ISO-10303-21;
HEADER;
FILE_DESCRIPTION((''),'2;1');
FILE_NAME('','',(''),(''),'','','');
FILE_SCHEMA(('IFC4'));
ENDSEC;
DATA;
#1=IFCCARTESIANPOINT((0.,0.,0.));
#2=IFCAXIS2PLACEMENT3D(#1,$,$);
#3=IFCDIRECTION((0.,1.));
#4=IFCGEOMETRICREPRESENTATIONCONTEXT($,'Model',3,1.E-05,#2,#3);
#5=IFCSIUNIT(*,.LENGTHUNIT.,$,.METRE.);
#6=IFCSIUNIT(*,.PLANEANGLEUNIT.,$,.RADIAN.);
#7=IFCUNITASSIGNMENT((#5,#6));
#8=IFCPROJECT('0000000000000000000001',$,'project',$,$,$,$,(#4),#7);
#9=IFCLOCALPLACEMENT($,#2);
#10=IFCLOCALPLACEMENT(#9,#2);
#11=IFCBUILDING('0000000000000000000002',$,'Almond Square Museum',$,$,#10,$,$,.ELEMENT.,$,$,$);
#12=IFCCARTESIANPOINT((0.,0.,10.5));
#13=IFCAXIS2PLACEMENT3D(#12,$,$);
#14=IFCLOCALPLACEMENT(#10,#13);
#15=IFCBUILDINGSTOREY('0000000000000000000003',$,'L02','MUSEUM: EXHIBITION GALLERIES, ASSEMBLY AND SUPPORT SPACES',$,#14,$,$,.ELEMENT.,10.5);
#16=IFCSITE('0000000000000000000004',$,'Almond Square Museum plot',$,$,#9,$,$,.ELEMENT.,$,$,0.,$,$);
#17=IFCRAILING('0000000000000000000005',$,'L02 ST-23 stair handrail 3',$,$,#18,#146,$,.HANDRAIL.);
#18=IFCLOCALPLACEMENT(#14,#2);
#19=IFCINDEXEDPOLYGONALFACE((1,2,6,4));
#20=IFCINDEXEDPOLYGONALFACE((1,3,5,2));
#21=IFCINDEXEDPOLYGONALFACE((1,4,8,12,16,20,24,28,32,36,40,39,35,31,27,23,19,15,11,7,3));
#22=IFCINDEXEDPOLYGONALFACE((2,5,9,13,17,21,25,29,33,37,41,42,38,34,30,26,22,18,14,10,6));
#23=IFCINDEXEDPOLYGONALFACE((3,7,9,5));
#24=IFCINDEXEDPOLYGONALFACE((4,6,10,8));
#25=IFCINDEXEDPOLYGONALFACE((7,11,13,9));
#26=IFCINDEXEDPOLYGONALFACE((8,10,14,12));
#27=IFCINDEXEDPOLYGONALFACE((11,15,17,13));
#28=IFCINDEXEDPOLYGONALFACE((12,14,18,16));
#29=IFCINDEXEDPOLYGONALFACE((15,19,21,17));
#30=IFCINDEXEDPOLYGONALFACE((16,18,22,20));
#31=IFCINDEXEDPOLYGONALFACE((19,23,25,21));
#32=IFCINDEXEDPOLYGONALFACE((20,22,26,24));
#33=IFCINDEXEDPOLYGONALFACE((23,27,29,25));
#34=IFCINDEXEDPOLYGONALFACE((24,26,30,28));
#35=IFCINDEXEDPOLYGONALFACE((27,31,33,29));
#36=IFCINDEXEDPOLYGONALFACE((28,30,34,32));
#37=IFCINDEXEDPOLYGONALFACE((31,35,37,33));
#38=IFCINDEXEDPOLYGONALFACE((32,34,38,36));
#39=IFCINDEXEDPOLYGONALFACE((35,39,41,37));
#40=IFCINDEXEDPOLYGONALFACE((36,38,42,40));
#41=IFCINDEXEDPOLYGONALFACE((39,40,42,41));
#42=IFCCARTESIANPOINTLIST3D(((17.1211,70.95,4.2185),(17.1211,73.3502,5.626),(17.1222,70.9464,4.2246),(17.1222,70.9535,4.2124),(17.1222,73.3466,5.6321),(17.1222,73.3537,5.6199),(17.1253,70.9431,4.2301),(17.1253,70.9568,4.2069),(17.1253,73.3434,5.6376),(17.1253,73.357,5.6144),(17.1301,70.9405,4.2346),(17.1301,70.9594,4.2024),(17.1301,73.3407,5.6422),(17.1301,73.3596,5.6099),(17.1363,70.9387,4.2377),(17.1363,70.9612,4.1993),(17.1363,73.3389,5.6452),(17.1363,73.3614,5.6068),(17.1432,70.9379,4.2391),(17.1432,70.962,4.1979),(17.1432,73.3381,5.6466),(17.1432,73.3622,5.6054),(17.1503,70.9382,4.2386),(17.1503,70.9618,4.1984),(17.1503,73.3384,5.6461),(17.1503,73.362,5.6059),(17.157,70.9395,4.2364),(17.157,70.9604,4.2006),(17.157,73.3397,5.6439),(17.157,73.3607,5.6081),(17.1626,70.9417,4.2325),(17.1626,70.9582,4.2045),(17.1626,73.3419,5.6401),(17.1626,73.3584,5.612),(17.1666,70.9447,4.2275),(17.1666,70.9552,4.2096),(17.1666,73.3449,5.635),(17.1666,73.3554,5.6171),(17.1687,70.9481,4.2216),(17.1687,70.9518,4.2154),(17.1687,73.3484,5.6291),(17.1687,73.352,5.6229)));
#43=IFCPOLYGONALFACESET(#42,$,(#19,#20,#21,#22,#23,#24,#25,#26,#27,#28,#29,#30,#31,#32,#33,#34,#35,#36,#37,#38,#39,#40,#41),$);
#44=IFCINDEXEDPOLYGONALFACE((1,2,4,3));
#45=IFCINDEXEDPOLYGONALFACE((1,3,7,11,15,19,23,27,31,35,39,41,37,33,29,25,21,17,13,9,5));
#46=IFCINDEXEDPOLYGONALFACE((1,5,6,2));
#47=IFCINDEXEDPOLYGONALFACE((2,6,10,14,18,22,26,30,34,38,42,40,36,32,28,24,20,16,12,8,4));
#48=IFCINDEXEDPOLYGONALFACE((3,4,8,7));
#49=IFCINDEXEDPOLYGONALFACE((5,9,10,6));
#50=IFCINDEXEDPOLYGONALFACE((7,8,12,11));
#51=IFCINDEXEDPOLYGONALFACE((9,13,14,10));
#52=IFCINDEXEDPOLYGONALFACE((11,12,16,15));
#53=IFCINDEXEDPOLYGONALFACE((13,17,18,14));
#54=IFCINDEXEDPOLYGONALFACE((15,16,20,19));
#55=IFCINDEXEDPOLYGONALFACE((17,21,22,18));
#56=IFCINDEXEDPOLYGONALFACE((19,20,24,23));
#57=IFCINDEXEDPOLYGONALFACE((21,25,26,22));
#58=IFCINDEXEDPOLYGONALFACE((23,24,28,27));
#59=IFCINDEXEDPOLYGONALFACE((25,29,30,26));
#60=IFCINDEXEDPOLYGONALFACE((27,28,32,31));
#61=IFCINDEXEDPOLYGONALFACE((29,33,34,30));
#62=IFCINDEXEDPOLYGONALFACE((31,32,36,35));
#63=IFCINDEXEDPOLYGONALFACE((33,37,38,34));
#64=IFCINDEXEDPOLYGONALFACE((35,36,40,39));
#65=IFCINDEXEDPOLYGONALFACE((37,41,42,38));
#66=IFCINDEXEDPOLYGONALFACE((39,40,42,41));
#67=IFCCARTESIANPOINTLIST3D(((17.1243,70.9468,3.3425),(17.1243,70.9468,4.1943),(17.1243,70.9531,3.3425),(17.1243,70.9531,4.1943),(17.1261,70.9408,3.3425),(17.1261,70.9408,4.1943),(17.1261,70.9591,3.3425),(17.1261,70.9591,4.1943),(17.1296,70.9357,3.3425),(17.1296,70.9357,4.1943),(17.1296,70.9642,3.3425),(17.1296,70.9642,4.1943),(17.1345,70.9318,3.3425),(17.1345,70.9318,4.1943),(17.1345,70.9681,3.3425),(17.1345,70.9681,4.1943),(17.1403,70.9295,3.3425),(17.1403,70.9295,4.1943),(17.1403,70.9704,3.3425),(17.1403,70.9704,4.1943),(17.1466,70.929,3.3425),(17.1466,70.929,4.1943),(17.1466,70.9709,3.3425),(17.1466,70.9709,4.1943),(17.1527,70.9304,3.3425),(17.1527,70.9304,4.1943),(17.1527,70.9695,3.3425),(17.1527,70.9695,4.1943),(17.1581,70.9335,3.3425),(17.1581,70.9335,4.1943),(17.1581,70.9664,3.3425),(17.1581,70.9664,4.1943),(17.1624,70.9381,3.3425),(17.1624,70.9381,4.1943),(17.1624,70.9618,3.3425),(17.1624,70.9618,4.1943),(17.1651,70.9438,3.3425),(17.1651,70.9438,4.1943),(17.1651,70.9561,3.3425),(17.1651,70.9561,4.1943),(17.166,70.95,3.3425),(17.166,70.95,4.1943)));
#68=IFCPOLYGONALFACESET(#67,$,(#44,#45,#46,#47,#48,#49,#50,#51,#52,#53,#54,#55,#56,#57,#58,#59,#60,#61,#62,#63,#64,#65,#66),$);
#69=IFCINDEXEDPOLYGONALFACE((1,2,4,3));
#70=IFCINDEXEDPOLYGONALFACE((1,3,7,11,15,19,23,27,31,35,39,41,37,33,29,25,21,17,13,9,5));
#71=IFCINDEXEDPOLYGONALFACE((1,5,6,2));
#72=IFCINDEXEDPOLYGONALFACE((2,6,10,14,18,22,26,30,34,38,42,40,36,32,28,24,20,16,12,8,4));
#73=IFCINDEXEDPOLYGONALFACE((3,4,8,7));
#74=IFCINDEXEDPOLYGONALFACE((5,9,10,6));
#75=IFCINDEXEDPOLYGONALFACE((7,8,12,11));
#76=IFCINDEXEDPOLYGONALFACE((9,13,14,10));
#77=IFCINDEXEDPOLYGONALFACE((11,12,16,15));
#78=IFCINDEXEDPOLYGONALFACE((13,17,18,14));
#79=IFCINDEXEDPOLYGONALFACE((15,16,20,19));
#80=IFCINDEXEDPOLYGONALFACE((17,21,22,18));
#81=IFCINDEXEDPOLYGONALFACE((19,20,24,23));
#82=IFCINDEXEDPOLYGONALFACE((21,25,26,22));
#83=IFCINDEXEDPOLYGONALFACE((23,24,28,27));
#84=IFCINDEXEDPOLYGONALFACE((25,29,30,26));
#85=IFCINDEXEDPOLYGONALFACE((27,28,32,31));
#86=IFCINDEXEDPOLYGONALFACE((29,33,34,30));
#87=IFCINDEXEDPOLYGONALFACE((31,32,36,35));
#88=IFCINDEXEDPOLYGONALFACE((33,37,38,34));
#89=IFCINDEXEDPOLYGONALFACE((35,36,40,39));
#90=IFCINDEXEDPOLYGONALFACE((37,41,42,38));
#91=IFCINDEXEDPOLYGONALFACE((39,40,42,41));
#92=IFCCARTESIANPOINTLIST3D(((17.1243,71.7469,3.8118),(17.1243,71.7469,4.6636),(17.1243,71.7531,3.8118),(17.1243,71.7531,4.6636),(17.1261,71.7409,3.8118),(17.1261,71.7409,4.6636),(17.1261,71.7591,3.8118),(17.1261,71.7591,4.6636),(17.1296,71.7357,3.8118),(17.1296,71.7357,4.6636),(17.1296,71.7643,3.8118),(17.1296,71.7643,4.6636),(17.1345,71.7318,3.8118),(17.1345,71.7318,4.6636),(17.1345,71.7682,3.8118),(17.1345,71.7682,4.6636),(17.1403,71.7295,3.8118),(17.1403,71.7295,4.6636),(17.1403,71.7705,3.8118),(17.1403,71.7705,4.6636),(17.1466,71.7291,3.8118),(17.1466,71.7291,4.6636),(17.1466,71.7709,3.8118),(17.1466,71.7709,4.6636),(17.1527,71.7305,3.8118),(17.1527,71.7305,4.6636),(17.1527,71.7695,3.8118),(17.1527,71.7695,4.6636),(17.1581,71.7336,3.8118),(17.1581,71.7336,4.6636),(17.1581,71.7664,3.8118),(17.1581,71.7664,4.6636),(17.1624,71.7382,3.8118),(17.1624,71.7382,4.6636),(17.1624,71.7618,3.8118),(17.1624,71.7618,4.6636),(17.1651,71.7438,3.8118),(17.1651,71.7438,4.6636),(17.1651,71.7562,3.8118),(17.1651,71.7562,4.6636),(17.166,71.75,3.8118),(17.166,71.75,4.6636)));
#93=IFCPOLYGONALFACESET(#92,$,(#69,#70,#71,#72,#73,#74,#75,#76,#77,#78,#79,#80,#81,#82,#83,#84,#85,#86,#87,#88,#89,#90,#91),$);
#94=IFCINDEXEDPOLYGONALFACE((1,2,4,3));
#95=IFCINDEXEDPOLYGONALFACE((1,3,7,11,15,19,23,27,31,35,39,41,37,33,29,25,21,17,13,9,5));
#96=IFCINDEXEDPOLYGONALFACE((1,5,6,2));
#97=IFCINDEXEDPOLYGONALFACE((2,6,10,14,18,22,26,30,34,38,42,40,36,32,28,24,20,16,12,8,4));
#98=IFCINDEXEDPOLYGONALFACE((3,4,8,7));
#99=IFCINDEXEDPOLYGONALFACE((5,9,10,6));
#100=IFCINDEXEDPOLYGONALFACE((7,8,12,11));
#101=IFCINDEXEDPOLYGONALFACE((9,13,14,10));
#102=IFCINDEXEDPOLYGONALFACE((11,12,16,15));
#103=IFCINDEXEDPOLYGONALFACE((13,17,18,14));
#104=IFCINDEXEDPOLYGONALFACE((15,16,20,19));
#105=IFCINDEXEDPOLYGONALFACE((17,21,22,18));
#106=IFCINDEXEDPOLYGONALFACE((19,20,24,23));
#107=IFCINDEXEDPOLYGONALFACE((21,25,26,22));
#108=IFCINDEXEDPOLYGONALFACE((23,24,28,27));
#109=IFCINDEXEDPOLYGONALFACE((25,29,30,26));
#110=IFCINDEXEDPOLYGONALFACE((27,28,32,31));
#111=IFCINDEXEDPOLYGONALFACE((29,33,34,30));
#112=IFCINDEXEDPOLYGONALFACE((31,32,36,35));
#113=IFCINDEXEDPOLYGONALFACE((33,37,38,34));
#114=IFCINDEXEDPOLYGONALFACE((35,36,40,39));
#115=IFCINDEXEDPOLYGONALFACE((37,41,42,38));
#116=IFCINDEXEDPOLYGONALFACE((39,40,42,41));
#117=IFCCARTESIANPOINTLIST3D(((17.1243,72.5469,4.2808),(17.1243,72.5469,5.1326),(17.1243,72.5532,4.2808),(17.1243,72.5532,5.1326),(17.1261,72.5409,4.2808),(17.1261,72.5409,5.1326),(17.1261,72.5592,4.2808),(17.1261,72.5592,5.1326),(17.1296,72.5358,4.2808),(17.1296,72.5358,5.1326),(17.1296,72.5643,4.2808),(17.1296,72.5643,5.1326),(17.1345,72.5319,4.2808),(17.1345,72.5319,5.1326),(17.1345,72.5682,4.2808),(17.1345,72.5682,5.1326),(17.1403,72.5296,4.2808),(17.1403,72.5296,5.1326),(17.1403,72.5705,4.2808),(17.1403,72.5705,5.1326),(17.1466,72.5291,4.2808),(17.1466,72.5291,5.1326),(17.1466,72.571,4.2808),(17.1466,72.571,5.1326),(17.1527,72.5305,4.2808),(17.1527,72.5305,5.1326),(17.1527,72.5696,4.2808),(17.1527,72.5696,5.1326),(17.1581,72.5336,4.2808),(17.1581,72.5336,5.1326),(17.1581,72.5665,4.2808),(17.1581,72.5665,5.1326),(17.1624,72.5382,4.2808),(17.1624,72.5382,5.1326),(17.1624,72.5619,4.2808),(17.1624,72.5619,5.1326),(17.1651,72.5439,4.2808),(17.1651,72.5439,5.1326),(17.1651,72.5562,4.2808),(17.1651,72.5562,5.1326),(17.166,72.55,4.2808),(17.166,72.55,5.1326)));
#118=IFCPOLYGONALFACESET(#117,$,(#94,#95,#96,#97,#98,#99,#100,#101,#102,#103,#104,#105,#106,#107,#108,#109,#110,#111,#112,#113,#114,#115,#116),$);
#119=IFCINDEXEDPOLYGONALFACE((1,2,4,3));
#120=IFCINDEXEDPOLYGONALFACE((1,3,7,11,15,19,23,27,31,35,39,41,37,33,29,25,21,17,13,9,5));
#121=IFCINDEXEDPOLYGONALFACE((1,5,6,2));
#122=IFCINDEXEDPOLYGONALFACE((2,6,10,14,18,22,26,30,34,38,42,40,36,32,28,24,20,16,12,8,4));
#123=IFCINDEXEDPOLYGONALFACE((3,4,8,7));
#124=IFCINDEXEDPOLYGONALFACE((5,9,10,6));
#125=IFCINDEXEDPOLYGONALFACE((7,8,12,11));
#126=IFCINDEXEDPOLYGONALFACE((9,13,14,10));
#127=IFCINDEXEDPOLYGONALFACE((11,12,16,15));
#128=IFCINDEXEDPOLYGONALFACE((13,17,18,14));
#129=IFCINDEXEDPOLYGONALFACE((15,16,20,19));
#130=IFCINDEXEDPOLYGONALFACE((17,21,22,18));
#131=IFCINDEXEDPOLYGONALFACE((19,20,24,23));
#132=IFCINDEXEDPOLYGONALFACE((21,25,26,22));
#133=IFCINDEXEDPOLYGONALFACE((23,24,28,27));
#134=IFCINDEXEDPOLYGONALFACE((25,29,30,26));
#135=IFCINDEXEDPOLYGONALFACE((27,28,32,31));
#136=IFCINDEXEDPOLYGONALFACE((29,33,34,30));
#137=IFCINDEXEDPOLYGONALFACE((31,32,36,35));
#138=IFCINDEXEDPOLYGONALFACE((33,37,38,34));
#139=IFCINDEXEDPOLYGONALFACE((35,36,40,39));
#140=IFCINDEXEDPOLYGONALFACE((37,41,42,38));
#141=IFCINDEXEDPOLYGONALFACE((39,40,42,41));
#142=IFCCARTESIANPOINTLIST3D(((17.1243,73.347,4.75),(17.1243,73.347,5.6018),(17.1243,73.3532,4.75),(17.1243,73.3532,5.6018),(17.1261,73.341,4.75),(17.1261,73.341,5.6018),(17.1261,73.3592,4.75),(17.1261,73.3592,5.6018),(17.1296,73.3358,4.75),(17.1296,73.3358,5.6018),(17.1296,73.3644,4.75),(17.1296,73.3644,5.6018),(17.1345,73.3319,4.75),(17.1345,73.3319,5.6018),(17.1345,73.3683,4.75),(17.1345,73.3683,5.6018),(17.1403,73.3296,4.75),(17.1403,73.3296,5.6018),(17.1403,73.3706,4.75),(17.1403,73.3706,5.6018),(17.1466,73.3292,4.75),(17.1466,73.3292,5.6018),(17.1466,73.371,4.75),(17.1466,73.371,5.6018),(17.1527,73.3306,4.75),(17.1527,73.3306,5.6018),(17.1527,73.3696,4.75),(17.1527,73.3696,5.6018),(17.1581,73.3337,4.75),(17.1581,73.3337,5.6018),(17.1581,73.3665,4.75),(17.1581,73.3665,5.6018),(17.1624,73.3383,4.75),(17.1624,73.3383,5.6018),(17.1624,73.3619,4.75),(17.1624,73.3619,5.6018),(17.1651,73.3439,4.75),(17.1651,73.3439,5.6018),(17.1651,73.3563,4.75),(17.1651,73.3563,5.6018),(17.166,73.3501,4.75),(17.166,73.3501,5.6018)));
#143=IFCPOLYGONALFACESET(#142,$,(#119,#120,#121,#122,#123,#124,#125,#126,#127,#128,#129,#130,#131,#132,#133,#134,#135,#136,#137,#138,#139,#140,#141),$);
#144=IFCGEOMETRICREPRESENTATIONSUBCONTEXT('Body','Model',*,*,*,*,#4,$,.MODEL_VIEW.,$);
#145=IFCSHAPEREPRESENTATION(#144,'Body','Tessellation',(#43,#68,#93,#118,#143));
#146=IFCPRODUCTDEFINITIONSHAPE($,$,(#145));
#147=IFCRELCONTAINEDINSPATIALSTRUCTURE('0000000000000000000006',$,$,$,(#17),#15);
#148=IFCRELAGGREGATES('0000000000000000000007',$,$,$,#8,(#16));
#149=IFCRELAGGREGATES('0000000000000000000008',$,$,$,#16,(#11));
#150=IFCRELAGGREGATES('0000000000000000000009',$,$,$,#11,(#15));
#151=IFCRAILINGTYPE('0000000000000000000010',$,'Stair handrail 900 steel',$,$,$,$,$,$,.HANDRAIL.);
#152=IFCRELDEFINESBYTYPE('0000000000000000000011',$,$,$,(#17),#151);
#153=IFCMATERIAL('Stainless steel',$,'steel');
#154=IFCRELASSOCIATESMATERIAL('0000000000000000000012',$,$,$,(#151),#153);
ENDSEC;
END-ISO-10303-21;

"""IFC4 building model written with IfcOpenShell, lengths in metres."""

from ifc_helpers import new_model, si_unit, direction, frame, origin, origin_2d, place, context, subcontext, project, spatial, circle, extrude, material, type_object, element, save


model = new_model("IFC4")

# Units and contexts
model_context = context("Model", 3, precision=1e-05, world=origin(), true_north=direction((0.0, 1.0)))
body_context = subcontext(model_context, "Body", "Model", "MODEL_VIEW")
ifc_project = project(units=[si_unit("LENGTHUNIT", "METRE"), si_unit("PLANEANGLEUNIT", "RADIAN")], contexts=[model_context])

# Site, building, storey
site_placement = place(None, origin())
site = spatial("IfcSite", under=ifc_project, at=site_placement, Name="Almond Square Museum plot", CompositionType="ELEMENT", RefElevation=0.0)
building_placement = place(site_placement, origin())
building = spatial("IfcBuilding", under=site, at=building_placement, Name="Almond Square Museum", CompositionType="ELEMENT")
storey_placement = place(building_placement, frame((0.0, 0.0, 10.5)))
storey = spatial("IfcBuildingStorey", under=building, at=storey_placement, Name="L02", Description="MUSEUM: EXHIBITION GALLERIES, ASSEMBLY AND SUPPORT SPACES", CompositionType="ELEMENT", Elevation=10.5)

# Railing
ifc_material_1 = material(Name="Stainless steel", Category="steel")
railing_type_1 = type_object("IfcRailingType", Name="Stair handrail 900 steel", PredefinedType="HANDRAIL", material=ifc_material_1)
for number, where, name in (
    (1, (17.145, 70.95, 3.3425), "L02 ST-23 stair handrail 3"),
):
    element("IfcRailing", number, at=place(storey_placement, frame(where)), inside=storey, type_object=railing_type_1, Name=name, PredefinedType="HANDRAIL", context=body_context, shape_type="SweptSolid", body=[
        extrude(circle(Radius=0.0239, at=origin_2d()), frame((0.0, 0.0, 0.876), z_axis=(0.0, 0.862621, 0.50585), x_axis=(-1.0, 0.0, 0.0)), (0.0, 0.0, 1.0), 2.7825),
        extrude(circle(Radius=0.021, at=origin_2d()), origin(), (0.0, 0.0, 1.0), 0.8518),
        extrude(circle(Radius=0.021, at=origin_2d()), frame((0.0, 0.8, 0.4692)), (0.0, 0.0, 1.0), 0.8518),
        extrude(circle(Radius=0.021, at=origin_2d()), frame((0.0, 1.6001, 0.9382)), (0.0, 0.0, 1.0), 0.8518),
        extrude(circle(Radius=0.021, at=origin_2d()), frame((0.0, 2.4001, 1.4075)), (0.0, 0.0, 1.0), 0.8518),
    ])

save(model, "model.ifc")
